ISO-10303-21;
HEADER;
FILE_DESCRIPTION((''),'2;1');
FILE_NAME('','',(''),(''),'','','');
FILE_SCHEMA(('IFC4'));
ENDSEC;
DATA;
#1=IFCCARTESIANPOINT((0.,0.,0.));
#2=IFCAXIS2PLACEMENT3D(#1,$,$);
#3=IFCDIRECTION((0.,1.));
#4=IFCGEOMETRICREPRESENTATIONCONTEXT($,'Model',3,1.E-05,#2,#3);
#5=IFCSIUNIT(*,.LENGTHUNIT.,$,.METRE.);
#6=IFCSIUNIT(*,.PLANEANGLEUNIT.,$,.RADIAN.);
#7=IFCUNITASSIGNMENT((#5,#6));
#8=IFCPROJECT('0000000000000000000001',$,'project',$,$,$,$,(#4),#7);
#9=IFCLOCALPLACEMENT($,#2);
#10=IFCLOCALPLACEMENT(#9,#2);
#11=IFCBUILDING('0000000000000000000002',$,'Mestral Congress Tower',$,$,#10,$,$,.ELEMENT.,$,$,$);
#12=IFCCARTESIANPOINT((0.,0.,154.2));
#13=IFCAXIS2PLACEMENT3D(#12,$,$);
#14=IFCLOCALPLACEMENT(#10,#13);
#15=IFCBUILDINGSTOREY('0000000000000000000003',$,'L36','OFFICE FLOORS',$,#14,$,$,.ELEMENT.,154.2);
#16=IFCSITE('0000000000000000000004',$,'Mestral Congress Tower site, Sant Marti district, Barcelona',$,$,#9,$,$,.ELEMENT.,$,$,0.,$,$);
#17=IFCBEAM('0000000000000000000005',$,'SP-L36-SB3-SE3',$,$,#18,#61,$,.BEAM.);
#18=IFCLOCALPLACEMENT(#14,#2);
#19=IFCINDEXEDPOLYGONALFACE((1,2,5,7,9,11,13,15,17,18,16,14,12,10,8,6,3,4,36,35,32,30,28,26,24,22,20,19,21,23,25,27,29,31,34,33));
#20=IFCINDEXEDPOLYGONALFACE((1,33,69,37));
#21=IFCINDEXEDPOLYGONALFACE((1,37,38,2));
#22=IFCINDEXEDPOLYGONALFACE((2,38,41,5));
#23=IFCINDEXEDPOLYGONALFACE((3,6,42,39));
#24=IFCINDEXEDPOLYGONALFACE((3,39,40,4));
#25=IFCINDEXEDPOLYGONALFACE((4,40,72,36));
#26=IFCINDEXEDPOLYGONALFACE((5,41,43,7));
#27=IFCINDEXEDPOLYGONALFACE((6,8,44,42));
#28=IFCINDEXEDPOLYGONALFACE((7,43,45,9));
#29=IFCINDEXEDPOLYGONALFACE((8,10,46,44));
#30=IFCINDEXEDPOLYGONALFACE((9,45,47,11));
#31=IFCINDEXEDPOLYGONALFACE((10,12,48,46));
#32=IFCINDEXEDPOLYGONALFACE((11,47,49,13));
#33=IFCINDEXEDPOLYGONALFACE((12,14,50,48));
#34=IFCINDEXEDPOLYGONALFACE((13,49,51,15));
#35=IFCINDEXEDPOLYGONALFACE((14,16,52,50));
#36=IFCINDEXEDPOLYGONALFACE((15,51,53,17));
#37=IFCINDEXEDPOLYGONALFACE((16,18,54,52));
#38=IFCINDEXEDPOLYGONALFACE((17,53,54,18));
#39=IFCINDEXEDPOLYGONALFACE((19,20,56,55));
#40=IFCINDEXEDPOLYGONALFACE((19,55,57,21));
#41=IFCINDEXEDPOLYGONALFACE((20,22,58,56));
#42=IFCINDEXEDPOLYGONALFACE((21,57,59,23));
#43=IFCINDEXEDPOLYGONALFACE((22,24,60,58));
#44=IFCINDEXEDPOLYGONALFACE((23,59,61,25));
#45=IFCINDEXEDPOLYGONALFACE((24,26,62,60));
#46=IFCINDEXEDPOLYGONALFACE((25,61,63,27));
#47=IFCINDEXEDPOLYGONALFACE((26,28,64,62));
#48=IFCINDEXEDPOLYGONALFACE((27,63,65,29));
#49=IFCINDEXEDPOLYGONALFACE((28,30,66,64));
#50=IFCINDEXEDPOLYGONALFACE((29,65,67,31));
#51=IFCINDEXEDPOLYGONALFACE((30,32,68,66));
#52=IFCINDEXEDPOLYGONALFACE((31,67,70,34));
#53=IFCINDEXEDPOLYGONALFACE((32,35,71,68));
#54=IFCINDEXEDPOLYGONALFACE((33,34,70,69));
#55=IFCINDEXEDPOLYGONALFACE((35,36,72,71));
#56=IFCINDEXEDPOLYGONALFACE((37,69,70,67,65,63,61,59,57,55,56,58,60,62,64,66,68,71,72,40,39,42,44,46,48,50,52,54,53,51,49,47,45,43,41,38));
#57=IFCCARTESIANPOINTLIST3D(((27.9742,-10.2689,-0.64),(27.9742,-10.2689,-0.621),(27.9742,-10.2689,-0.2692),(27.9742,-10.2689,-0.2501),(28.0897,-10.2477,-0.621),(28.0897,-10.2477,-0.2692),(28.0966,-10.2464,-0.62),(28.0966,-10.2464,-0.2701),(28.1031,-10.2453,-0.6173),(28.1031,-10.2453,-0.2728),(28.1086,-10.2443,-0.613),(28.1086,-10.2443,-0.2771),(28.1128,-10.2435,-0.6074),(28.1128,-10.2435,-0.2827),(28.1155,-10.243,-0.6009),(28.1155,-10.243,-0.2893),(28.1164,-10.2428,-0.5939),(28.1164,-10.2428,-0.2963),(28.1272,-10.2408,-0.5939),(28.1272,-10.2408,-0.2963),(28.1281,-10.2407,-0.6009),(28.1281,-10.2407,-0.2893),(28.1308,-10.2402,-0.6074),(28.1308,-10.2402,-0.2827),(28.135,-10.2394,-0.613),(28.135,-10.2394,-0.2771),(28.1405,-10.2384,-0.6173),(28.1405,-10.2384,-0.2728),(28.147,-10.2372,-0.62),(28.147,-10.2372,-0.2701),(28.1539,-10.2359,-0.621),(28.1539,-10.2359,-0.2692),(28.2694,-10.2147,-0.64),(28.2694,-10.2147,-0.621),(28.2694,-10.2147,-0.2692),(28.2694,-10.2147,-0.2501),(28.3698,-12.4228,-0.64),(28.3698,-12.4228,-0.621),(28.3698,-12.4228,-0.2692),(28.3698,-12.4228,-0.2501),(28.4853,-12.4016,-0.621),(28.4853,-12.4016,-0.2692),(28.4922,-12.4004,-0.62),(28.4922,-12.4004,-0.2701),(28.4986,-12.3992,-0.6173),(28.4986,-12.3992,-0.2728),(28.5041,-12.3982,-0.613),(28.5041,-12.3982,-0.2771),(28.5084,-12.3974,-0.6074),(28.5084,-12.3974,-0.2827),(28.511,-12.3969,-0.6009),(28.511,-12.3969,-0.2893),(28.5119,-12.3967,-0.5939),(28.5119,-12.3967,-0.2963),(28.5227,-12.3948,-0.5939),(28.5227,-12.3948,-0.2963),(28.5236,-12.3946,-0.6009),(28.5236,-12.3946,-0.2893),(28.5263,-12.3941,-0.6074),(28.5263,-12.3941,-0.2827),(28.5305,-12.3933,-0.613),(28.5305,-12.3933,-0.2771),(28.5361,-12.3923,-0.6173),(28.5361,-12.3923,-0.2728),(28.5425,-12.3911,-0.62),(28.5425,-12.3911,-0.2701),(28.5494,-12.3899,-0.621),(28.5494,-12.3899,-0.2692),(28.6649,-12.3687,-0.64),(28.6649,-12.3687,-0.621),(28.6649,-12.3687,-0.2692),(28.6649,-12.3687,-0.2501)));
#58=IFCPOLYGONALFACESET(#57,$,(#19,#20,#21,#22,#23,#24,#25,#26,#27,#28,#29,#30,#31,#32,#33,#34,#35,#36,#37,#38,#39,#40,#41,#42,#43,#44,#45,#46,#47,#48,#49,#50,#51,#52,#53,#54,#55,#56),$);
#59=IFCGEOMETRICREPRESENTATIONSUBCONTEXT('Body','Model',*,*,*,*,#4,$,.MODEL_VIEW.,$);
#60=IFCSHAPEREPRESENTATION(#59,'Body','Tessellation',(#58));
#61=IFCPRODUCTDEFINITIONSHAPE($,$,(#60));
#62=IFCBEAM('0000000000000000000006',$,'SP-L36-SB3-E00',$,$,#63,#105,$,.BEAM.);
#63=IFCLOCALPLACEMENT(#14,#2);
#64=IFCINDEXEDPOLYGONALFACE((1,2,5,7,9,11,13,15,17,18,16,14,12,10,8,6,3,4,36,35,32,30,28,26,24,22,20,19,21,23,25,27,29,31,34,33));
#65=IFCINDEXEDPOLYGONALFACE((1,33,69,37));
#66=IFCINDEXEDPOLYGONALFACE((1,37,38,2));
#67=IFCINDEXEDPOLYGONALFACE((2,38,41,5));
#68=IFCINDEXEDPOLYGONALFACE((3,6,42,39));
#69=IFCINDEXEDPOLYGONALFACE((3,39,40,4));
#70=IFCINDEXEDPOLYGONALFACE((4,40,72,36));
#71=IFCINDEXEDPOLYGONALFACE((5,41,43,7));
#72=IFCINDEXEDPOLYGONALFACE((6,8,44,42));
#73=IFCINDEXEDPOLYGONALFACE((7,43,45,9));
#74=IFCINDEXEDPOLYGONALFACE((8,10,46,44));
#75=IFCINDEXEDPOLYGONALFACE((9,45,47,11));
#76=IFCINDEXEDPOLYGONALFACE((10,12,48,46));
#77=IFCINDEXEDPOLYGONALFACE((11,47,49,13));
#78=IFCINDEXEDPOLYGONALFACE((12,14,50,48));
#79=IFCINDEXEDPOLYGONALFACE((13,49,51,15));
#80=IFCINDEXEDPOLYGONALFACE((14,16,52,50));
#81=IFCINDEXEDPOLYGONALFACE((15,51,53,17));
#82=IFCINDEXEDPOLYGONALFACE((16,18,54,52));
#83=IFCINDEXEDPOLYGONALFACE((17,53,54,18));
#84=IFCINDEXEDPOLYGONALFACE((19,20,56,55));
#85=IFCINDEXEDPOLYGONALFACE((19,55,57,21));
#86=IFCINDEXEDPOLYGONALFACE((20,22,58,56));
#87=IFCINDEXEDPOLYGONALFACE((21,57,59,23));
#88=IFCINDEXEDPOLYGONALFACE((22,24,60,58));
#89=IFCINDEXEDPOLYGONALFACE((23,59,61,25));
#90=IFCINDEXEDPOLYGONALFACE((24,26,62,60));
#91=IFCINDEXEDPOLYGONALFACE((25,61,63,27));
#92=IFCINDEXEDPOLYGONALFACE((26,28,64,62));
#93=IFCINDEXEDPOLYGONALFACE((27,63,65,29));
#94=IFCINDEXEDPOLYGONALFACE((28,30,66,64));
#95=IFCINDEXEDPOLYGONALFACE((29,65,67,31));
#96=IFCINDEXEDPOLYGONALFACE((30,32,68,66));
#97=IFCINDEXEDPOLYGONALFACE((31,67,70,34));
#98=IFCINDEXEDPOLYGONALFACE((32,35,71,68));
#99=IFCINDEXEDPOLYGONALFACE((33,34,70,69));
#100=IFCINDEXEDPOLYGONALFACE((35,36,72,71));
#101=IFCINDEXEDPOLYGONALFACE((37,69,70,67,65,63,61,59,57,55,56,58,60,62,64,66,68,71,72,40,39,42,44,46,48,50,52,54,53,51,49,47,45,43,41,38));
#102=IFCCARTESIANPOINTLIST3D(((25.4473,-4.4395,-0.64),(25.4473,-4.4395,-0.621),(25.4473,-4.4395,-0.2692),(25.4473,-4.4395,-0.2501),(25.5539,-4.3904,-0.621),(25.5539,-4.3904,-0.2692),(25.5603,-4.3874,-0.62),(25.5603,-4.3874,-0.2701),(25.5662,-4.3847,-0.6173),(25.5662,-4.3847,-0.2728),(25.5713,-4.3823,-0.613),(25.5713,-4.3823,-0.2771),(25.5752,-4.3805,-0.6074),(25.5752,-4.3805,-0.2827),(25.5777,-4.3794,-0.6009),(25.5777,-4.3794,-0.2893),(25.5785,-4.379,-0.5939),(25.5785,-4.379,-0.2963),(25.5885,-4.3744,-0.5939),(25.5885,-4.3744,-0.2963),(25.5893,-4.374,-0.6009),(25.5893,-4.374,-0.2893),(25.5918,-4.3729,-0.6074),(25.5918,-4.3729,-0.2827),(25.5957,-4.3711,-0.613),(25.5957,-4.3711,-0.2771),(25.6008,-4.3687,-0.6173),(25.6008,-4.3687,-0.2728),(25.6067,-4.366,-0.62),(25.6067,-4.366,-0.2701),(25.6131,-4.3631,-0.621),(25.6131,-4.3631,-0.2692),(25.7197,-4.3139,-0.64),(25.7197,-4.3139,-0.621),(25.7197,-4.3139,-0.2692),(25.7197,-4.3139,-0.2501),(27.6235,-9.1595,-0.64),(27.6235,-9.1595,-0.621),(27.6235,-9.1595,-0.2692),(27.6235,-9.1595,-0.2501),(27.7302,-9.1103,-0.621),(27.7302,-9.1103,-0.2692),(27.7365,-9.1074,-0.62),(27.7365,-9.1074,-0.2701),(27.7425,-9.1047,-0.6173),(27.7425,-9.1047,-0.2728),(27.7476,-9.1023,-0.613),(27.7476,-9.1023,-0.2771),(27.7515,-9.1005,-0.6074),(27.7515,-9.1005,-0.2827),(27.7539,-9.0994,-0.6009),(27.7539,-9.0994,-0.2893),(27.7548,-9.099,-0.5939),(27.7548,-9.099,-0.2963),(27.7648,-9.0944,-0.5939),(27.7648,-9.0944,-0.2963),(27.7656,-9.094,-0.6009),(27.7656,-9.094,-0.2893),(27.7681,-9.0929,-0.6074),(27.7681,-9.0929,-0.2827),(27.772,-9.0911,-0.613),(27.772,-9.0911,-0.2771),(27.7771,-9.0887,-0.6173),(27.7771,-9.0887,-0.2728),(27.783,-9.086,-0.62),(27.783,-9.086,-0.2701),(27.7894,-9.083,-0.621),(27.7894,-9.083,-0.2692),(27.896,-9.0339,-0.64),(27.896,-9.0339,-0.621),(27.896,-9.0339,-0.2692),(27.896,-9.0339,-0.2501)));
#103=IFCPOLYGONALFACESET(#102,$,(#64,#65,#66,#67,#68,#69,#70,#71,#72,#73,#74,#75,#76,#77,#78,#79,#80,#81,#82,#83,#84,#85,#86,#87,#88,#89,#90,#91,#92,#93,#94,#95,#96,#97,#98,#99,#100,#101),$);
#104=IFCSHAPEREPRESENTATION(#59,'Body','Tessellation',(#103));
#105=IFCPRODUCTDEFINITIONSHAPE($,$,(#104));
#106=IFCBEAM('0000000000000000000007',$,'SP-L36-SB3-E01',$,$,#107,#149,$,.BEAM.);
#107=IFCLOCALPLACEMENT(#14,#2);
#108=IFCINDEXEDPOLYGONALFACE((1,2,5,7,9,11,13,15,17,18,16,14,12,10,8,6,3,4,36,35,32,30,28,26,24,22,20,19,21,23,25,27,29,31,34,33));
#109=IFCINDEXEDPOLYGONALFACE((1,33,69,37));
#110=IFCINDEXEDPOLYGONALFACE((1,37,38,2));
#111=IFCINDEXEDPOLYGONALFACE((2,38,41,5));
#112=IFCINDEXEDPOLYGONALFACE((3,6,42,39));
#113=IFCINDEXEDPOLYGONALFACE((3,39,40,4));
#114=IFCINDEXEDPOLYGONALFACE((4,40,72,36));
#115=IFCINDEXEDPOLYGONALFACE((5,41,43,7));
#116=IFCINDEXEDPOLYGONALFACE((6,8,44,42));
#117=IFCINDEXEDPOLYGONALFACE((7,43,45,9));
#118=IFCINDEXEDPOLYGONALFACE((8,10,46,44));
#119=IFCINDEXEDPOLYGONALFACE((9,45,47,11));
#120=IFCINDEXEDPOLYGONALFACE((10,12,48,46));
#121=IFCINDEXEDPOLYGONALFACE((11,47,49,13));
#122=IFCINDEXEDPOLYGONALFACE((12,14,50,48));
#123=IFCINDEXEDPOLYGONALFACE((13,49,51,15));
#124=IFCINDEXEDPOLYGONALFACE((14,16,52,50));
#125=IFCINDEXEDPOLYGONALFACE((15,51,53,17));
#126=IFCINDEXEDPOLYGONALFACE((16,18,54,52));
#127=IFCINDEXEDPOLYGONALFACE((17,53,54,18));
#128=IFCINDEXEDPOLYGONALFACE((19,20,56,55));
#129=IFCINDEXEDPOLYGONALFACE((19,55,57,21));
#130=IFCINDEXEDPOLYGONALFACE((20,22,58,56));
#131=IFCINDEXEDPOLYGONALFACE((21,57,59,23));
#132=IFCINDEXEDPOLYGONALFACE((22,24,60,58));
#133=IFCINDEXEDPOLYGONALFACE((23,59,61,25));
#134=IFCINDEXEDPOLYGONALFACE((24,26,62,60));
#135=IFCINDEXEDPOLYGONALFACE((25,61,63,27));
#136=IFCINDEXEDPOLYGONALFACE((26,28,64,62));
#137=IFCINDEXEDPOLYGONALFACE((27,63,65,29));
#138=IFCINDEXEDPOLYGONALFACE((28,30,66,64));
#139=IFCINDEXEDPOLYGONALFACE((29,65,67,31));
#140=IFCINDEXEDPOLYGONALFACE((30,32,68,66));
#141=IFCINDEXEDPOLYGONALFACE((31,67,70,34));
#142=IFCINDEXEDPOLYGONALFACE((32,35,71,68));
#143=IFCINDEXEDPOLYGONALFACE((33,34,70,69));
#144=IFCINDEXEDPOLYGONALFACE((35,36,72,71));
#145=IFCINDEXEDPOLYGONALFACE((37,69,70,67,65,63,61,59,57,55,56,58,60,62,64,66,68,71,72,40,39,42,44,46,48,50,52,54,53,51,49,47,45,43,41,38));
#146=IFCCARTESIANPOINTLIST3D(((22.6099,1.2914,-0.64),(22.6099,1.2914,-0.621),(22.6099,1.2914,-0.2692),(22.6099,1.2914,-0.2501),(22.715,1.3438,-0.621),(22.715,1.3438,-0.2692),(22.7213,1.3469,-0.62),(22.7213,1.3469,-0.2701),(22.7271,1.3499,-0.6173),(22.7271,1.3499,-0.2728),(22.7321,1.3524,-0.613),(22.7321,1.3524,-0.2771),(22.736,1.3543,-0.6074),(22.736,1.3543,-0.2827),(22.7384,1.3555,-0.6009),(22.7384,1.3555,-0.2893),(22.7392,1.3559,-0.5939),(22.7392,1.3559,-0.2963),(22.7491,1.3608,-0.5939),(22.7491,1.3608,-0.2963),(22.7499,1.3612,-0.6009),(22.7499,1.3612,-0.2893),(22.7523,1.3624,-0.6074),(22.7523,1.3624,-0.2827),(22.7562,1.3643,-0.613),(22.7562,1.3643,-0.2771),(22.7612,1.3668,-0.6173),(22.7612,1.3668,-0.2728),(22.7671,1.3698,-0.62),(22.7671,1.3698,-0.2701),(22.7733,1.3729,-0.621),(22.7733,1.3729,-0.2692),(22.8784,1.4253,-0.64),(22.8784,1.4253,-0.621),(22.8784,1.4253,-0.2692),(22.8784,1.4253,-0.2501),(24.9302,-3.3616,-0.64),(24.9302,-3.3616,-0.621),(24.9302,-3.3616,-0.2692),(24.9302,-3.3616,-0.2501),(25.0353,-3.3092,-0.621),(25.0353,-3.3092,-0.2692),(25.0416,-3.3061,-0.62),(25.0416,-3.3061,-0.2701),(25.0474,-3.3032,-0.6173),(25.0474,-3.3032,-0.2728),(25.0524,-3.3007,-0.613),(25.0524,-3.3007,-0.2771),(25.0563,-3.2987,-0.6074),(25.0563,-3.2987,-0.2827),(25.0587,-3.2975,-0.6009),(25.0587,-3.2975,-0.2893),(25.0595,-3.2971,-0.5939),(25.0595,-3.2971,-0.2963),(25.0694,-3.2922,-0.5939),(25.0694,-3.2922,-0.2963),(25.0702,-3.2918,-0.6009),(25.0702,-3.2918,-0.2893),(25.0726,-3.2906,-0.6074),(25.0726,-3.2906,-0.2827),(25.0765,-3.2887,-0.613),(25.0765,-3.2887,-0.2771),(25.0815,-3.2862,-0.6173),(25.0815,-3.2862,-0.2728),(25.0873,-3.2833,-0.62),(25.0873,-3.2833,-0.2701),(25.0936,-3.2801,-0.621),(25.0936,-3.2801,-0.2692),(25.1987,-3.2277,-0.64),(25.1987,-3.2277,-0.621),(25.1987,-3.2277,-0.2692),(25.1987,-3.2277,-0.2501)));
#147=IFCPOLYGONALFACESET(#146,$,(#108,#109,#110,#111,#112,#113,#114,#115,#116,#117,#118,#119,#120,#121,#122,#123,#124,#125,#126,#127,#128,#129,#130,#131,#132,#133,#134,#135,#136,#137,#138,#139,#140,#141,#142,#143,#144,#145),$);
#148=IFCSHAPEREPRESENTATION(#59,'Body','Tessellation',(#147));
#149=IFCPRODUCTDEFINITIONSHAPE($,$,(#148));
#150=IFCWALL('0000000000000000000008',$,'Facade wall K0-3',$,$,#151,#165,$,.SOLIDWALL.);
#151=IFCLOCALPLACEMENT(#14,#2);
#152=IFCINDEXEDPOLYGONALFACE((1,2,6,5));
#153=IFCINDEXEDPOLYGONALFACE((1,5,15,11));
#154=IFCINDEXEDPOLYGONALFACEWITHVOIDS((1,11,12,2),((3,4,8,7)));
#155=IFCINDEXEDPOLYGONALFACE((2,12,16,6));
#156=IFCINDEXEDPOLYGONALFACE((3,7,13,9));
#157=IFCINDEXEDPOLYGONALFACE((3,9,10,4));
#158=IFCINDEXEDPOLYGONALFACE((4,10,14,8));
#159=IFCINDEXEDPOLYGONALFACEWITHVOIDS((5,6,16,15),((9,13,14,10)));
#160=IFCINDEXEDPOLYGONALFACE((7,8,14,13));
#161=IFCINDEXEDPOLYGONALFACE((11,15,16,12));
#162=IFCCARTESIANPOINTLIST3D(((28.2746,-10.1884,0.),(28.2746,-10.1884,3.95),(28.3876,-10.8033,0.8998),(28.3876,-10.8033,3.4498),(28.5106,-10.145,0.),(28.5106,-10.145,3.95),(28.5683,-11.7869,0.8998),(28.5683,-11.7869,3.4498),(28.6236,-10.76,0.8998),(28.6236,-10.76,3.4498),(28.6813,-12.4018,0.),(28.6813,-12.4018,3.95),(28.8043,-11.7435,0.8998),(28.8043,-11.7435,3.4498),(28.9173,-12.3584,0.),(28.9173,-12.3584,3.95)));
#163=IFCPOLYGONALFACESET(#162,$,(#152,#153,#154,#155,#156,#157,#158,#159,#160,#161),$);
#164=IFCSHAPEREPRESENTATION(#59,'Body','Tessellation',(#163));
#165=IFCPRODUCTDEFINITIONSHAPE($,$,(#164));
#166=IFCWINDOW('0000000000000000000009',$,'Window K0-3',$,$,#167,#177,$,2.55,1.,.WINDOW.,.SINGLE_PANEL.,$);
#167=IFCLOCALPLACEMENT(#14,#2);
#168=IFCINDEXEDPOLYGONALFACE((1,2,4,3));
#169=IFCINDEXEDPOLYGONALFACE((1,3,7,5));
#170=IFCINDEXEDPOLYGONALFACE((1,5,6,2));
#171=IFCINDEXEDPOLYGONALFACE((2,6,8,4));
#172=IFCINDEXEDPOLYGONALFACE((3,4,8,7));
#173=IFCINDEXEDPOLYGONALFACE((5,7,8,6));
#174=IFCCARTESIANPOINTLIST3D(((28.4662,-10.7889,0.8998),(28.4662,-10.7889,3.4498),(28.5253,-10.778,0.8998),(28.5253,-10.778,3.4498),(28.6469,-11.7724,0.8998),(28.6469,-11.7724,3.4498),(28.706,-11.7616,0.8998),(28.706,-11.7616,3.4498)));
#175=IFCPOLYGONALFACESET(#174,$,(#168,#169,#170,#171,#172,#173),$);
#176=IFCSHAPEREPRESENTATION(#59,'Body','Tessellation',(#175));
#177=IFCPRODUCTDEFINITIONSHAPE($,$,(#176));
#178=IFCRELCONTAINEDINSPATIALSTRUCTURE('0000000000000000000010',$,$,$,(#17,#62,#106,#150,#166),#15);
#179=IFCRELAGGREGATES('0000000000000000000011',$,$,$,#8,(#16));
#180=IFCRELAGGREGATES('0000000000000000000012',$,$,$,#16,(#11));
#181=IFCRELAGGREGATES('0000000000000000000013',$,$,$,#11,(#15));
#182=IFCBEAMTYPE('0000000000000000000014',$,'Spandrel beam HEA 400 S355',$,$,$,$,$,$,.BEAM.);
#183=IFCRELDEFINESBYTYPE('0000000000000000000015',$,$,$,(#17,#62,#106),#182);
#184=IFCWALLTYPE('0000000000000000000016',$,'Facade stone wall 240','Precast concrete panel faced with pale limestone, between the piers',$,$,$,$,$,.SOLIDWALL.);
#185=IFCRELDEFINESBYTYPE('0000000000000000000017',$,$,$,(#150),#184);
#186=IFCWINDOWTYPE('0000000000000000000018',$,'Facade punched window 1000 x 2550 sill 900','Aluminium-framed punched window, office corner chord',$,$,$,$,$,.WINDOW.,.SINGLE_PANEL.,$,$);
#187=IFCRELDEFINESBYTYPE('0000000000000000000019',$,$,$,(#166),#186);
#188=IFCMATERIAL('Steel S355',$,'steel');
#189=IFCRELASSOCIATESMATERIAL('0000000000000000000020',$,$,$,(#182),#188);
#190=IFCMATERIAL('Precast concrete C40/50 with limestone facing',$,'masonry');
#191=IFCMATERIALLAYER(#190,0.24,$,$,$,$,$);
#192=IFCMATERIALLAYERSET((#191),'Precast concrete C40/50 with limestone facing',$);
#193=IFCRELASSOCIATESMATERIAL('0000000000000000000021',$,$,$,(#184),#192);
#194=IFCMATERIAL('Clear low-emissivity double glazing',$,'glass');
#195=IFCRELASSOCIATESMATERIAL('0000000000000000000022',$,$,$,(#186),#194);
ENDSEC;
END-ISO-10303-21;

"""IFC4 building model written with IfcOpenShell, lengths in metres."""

from ifc_helpers import new_model, si_unit, direction, frame, frame_2d, origin, origin_2d, place, context, subcontext, project, spatial, rectangle, i_section, extrude, material, layer, layer_set, material_profile, profile_set, type_object, element, fill, save


model = new_model("IFC4")

# Units and contexts
model_context = context("Model", 3, precision=1e-05, world=origin(), true_north=direction((0.0, 1.0)))
body_context = subcontext(model_context, "Body", "Model", "MODEL_VIEW")
ifc_project = project(units=[si_unit("LENGTHUNIT", "METRE"), si_unit("PLANEANGLEUNIT", "RADIAN")], contexts=[model_context])

# Site, building, storey
site_placement = place(None, origin())
site = spatial("IfcSite", under=ifc_project, at=site_placement, Name="Mestral Congress Tower site, Sant Marti district, Barcelona", CompositionType="ELEMENT", RefElevation=0.0)
building_placement = place(site_placement, origin())
building = spatial("IfcBuilding", under=site, at=building_placement, Name="Mestral Congress Tower", CompositionType="ELEMENT")
storey_placement = place(building_placement, frame((0.0, 0.0, 154.2)))
storey = spatial("IfcBuildingStorey", under=building, at=storey_placement, Name="L36", Description="OFFICE FLOORS", CompositionType="ELEMENT", Elevation=154.2)

# Beams
ifc_material_1 = material(Name="Steel S355", Category="steel")
ifc_material_profile_1 = material_profile(ifc_material_1, i_section(OverallWidth=0.3, OverallDepth=0.3899, WebThickness=0.011, FlangeThickness=0.019, FilletRadius=0.0271, at=origin_2d()), Name="HEA 400")
ifc_profile_set_1 = profile_set([ifc_material_profile_1], Name="Steel S355")
beam_type_1 = type_object("IfcBeamType", Name="Spandrel beam HEA 400 S355", PredefinedType="BEAM", material=ifc_profile_set_1)
beam_1_placement = place(storey_placement, frame((28.5173, -12.3958, -0.4451), z_axis=(-0.180612, 0.983554, 0.0), x_axis=(-0.983554, -0.180612, 0.0)))
element("IfcBeam", 1, at=beam_1_placement, inside=storey, type_object=beam_type_1, Name="SP-L36-SB3-SE3", PredefinedType="BEAM", context=body_context, shape_type="SweptSolid", body=[
    extrude(i_section(OverallWidth=0.3, OverallDepth=0.3899, WebThickness=0.011, FlangeThickness=0.019, FilletRadius=0.0271, at=origin_2d()), origin(), (0.0, 0.0, 1.0), 2.1899),
])
beam_2_placement = place(storey_placement, frame((27.7598, -9.0967, -0.4451), z_axis=(-0.418713, 0.908119, 0.0), x_axis=(-0.908119, -0.418713, 0.0)))
element("IfcBeam", 2, at=beam_2_placement, inside=storey, type_object=beam_type_1, Name="SP-L36-SB3-E00", PredefinedType="BEAM", context=body_context, shape_type="SweptSolid", body=[
    extrude(i_section(OverallWidth=0.3, OverallDepth=0.3899, WebThickness=0.011, FlangeThickness=0.019, FilletRadius=0.0271, at=origin_2d()), origin(), (0.0, 0.0, 1.0), 5.1975),
])
beam_3_placement = place(storey_placement, frame((25.0645, -3.2947, -0.4451), z_axis=(-0.446255, 0.894906, 0.0), x_axis=(-0.894906, -0.446255, 0.0)))
element("IfcBeam", 3, at=beam_3_placement, inside=storey, type_object=beam_type_1, Name="SP-L36-SB3-E01", PredefinedType="BEAM", context=body_context, shape_type="SweptSolid", body=[
    extrude(i_section(OverallWidth=0.3, OverallDepth=0.3899, WebThickness=0.011, FlangeThickness=0.019, FilletRadius=0.0271, at=origin_2d()), origin(), (0.0, 0.0, 1.0), 5.1995),
])

# Wall, opening, window
ifc_material_2 = material(Name="Precast concrete C40/50 with limestone facing", Category="masonry")
ifc_layer_1 = layer(ifc_material_2, 0.24)
ifc_layer_set_1 = layer_set([ifc_layer_1], Name="Precast concrete C40/50 with limestone facing")
wall_type_1 = type_object("IfcWallType", Name="Facade stone wall 240", Description="Precast concrete panel faced with pale limestone, between the piers", PredefinedType="SOLIDWALL", material=ifc_layer_set_1)
wall_1_placement = place(storey_placement, frame((28.7993, -12.3801, 0.0), z_axis=(0.0, 0.0, 1.0), x_axis=(-0.180737, 0.983531, 0.0)))
wall_1 = element("IfcWall", 4, at=wall_1_placement, inside=storey, type_object=wall_type_1, Name="Facade wall K0-3", PredefinedType="SOLIDWALL", context=body_context, shape_type="SweptSolid", body=[
    extrude(rectangle(XDim=2.2505, YDim=0.24, at=frame_2d((1.1252, 0.0))), origin(), (0.0, 0.0, 1.0), 3.95),
])
opening_1_placement = place(wall_1_placement, frame((0.6252, 0.0, 0.8999)))
opening_1 = element("IfcOpeningElement", 5, at=opening_1_placement, cuts=wall_1, PredefinedType="OPENING", context=body_context, shape_type="SweptSolid", body=[
    extrude(rectangle(XDim=1.0, YDim=2.55, at=frame_2d((0.5, 1.2749))), frame((0.0, 0.1299, 0.0), z_axis=(0.0, -1.0, 0.0), x_axis=(1.0, 0.0, 0.0)), (0.0, 0.0, 1.0), 0.26),
])
ifc_material_3 = material(Name="Clear low-emissivity double glazing", Category="glass")
window_type_1 = type_object("IfcWindowType", Name="Facade punched window 1000 x 2550 sill 900", Description="Aluminium-framed punched window, office corner chord", PartitioningType="SINGLE_PANEL", PredefinedType="WINDOW", material=ifc_material_3)
window_1_placement = place(opening_1_placement, origin())
window_1 = element("IfcWindow", 6, at=window_1_placement, inside=storey, type_object=window_type_1, Name="Window K0-3", OverallHeight=2.55, OverallWidth=1.0, PartitioningType="SINGLE_PANEL", PredefinedType="WINDOW", context=body_context, shape_type="SweptSolid", body=[
    extrude(rectangle(XDim=1.0, YDim=2.55, at=frame_2d((0.5, 1.2749))), frame((0.0, 0.04, 0.0), z_axis=(0.0, -1.0, 0.0), x_axis=(1.0, 0.0, 0.0)), (0.0, 0.0, 1.0), 0.0601),
])
fill(opening_1, window_1)

save(model, "model.ifc")
